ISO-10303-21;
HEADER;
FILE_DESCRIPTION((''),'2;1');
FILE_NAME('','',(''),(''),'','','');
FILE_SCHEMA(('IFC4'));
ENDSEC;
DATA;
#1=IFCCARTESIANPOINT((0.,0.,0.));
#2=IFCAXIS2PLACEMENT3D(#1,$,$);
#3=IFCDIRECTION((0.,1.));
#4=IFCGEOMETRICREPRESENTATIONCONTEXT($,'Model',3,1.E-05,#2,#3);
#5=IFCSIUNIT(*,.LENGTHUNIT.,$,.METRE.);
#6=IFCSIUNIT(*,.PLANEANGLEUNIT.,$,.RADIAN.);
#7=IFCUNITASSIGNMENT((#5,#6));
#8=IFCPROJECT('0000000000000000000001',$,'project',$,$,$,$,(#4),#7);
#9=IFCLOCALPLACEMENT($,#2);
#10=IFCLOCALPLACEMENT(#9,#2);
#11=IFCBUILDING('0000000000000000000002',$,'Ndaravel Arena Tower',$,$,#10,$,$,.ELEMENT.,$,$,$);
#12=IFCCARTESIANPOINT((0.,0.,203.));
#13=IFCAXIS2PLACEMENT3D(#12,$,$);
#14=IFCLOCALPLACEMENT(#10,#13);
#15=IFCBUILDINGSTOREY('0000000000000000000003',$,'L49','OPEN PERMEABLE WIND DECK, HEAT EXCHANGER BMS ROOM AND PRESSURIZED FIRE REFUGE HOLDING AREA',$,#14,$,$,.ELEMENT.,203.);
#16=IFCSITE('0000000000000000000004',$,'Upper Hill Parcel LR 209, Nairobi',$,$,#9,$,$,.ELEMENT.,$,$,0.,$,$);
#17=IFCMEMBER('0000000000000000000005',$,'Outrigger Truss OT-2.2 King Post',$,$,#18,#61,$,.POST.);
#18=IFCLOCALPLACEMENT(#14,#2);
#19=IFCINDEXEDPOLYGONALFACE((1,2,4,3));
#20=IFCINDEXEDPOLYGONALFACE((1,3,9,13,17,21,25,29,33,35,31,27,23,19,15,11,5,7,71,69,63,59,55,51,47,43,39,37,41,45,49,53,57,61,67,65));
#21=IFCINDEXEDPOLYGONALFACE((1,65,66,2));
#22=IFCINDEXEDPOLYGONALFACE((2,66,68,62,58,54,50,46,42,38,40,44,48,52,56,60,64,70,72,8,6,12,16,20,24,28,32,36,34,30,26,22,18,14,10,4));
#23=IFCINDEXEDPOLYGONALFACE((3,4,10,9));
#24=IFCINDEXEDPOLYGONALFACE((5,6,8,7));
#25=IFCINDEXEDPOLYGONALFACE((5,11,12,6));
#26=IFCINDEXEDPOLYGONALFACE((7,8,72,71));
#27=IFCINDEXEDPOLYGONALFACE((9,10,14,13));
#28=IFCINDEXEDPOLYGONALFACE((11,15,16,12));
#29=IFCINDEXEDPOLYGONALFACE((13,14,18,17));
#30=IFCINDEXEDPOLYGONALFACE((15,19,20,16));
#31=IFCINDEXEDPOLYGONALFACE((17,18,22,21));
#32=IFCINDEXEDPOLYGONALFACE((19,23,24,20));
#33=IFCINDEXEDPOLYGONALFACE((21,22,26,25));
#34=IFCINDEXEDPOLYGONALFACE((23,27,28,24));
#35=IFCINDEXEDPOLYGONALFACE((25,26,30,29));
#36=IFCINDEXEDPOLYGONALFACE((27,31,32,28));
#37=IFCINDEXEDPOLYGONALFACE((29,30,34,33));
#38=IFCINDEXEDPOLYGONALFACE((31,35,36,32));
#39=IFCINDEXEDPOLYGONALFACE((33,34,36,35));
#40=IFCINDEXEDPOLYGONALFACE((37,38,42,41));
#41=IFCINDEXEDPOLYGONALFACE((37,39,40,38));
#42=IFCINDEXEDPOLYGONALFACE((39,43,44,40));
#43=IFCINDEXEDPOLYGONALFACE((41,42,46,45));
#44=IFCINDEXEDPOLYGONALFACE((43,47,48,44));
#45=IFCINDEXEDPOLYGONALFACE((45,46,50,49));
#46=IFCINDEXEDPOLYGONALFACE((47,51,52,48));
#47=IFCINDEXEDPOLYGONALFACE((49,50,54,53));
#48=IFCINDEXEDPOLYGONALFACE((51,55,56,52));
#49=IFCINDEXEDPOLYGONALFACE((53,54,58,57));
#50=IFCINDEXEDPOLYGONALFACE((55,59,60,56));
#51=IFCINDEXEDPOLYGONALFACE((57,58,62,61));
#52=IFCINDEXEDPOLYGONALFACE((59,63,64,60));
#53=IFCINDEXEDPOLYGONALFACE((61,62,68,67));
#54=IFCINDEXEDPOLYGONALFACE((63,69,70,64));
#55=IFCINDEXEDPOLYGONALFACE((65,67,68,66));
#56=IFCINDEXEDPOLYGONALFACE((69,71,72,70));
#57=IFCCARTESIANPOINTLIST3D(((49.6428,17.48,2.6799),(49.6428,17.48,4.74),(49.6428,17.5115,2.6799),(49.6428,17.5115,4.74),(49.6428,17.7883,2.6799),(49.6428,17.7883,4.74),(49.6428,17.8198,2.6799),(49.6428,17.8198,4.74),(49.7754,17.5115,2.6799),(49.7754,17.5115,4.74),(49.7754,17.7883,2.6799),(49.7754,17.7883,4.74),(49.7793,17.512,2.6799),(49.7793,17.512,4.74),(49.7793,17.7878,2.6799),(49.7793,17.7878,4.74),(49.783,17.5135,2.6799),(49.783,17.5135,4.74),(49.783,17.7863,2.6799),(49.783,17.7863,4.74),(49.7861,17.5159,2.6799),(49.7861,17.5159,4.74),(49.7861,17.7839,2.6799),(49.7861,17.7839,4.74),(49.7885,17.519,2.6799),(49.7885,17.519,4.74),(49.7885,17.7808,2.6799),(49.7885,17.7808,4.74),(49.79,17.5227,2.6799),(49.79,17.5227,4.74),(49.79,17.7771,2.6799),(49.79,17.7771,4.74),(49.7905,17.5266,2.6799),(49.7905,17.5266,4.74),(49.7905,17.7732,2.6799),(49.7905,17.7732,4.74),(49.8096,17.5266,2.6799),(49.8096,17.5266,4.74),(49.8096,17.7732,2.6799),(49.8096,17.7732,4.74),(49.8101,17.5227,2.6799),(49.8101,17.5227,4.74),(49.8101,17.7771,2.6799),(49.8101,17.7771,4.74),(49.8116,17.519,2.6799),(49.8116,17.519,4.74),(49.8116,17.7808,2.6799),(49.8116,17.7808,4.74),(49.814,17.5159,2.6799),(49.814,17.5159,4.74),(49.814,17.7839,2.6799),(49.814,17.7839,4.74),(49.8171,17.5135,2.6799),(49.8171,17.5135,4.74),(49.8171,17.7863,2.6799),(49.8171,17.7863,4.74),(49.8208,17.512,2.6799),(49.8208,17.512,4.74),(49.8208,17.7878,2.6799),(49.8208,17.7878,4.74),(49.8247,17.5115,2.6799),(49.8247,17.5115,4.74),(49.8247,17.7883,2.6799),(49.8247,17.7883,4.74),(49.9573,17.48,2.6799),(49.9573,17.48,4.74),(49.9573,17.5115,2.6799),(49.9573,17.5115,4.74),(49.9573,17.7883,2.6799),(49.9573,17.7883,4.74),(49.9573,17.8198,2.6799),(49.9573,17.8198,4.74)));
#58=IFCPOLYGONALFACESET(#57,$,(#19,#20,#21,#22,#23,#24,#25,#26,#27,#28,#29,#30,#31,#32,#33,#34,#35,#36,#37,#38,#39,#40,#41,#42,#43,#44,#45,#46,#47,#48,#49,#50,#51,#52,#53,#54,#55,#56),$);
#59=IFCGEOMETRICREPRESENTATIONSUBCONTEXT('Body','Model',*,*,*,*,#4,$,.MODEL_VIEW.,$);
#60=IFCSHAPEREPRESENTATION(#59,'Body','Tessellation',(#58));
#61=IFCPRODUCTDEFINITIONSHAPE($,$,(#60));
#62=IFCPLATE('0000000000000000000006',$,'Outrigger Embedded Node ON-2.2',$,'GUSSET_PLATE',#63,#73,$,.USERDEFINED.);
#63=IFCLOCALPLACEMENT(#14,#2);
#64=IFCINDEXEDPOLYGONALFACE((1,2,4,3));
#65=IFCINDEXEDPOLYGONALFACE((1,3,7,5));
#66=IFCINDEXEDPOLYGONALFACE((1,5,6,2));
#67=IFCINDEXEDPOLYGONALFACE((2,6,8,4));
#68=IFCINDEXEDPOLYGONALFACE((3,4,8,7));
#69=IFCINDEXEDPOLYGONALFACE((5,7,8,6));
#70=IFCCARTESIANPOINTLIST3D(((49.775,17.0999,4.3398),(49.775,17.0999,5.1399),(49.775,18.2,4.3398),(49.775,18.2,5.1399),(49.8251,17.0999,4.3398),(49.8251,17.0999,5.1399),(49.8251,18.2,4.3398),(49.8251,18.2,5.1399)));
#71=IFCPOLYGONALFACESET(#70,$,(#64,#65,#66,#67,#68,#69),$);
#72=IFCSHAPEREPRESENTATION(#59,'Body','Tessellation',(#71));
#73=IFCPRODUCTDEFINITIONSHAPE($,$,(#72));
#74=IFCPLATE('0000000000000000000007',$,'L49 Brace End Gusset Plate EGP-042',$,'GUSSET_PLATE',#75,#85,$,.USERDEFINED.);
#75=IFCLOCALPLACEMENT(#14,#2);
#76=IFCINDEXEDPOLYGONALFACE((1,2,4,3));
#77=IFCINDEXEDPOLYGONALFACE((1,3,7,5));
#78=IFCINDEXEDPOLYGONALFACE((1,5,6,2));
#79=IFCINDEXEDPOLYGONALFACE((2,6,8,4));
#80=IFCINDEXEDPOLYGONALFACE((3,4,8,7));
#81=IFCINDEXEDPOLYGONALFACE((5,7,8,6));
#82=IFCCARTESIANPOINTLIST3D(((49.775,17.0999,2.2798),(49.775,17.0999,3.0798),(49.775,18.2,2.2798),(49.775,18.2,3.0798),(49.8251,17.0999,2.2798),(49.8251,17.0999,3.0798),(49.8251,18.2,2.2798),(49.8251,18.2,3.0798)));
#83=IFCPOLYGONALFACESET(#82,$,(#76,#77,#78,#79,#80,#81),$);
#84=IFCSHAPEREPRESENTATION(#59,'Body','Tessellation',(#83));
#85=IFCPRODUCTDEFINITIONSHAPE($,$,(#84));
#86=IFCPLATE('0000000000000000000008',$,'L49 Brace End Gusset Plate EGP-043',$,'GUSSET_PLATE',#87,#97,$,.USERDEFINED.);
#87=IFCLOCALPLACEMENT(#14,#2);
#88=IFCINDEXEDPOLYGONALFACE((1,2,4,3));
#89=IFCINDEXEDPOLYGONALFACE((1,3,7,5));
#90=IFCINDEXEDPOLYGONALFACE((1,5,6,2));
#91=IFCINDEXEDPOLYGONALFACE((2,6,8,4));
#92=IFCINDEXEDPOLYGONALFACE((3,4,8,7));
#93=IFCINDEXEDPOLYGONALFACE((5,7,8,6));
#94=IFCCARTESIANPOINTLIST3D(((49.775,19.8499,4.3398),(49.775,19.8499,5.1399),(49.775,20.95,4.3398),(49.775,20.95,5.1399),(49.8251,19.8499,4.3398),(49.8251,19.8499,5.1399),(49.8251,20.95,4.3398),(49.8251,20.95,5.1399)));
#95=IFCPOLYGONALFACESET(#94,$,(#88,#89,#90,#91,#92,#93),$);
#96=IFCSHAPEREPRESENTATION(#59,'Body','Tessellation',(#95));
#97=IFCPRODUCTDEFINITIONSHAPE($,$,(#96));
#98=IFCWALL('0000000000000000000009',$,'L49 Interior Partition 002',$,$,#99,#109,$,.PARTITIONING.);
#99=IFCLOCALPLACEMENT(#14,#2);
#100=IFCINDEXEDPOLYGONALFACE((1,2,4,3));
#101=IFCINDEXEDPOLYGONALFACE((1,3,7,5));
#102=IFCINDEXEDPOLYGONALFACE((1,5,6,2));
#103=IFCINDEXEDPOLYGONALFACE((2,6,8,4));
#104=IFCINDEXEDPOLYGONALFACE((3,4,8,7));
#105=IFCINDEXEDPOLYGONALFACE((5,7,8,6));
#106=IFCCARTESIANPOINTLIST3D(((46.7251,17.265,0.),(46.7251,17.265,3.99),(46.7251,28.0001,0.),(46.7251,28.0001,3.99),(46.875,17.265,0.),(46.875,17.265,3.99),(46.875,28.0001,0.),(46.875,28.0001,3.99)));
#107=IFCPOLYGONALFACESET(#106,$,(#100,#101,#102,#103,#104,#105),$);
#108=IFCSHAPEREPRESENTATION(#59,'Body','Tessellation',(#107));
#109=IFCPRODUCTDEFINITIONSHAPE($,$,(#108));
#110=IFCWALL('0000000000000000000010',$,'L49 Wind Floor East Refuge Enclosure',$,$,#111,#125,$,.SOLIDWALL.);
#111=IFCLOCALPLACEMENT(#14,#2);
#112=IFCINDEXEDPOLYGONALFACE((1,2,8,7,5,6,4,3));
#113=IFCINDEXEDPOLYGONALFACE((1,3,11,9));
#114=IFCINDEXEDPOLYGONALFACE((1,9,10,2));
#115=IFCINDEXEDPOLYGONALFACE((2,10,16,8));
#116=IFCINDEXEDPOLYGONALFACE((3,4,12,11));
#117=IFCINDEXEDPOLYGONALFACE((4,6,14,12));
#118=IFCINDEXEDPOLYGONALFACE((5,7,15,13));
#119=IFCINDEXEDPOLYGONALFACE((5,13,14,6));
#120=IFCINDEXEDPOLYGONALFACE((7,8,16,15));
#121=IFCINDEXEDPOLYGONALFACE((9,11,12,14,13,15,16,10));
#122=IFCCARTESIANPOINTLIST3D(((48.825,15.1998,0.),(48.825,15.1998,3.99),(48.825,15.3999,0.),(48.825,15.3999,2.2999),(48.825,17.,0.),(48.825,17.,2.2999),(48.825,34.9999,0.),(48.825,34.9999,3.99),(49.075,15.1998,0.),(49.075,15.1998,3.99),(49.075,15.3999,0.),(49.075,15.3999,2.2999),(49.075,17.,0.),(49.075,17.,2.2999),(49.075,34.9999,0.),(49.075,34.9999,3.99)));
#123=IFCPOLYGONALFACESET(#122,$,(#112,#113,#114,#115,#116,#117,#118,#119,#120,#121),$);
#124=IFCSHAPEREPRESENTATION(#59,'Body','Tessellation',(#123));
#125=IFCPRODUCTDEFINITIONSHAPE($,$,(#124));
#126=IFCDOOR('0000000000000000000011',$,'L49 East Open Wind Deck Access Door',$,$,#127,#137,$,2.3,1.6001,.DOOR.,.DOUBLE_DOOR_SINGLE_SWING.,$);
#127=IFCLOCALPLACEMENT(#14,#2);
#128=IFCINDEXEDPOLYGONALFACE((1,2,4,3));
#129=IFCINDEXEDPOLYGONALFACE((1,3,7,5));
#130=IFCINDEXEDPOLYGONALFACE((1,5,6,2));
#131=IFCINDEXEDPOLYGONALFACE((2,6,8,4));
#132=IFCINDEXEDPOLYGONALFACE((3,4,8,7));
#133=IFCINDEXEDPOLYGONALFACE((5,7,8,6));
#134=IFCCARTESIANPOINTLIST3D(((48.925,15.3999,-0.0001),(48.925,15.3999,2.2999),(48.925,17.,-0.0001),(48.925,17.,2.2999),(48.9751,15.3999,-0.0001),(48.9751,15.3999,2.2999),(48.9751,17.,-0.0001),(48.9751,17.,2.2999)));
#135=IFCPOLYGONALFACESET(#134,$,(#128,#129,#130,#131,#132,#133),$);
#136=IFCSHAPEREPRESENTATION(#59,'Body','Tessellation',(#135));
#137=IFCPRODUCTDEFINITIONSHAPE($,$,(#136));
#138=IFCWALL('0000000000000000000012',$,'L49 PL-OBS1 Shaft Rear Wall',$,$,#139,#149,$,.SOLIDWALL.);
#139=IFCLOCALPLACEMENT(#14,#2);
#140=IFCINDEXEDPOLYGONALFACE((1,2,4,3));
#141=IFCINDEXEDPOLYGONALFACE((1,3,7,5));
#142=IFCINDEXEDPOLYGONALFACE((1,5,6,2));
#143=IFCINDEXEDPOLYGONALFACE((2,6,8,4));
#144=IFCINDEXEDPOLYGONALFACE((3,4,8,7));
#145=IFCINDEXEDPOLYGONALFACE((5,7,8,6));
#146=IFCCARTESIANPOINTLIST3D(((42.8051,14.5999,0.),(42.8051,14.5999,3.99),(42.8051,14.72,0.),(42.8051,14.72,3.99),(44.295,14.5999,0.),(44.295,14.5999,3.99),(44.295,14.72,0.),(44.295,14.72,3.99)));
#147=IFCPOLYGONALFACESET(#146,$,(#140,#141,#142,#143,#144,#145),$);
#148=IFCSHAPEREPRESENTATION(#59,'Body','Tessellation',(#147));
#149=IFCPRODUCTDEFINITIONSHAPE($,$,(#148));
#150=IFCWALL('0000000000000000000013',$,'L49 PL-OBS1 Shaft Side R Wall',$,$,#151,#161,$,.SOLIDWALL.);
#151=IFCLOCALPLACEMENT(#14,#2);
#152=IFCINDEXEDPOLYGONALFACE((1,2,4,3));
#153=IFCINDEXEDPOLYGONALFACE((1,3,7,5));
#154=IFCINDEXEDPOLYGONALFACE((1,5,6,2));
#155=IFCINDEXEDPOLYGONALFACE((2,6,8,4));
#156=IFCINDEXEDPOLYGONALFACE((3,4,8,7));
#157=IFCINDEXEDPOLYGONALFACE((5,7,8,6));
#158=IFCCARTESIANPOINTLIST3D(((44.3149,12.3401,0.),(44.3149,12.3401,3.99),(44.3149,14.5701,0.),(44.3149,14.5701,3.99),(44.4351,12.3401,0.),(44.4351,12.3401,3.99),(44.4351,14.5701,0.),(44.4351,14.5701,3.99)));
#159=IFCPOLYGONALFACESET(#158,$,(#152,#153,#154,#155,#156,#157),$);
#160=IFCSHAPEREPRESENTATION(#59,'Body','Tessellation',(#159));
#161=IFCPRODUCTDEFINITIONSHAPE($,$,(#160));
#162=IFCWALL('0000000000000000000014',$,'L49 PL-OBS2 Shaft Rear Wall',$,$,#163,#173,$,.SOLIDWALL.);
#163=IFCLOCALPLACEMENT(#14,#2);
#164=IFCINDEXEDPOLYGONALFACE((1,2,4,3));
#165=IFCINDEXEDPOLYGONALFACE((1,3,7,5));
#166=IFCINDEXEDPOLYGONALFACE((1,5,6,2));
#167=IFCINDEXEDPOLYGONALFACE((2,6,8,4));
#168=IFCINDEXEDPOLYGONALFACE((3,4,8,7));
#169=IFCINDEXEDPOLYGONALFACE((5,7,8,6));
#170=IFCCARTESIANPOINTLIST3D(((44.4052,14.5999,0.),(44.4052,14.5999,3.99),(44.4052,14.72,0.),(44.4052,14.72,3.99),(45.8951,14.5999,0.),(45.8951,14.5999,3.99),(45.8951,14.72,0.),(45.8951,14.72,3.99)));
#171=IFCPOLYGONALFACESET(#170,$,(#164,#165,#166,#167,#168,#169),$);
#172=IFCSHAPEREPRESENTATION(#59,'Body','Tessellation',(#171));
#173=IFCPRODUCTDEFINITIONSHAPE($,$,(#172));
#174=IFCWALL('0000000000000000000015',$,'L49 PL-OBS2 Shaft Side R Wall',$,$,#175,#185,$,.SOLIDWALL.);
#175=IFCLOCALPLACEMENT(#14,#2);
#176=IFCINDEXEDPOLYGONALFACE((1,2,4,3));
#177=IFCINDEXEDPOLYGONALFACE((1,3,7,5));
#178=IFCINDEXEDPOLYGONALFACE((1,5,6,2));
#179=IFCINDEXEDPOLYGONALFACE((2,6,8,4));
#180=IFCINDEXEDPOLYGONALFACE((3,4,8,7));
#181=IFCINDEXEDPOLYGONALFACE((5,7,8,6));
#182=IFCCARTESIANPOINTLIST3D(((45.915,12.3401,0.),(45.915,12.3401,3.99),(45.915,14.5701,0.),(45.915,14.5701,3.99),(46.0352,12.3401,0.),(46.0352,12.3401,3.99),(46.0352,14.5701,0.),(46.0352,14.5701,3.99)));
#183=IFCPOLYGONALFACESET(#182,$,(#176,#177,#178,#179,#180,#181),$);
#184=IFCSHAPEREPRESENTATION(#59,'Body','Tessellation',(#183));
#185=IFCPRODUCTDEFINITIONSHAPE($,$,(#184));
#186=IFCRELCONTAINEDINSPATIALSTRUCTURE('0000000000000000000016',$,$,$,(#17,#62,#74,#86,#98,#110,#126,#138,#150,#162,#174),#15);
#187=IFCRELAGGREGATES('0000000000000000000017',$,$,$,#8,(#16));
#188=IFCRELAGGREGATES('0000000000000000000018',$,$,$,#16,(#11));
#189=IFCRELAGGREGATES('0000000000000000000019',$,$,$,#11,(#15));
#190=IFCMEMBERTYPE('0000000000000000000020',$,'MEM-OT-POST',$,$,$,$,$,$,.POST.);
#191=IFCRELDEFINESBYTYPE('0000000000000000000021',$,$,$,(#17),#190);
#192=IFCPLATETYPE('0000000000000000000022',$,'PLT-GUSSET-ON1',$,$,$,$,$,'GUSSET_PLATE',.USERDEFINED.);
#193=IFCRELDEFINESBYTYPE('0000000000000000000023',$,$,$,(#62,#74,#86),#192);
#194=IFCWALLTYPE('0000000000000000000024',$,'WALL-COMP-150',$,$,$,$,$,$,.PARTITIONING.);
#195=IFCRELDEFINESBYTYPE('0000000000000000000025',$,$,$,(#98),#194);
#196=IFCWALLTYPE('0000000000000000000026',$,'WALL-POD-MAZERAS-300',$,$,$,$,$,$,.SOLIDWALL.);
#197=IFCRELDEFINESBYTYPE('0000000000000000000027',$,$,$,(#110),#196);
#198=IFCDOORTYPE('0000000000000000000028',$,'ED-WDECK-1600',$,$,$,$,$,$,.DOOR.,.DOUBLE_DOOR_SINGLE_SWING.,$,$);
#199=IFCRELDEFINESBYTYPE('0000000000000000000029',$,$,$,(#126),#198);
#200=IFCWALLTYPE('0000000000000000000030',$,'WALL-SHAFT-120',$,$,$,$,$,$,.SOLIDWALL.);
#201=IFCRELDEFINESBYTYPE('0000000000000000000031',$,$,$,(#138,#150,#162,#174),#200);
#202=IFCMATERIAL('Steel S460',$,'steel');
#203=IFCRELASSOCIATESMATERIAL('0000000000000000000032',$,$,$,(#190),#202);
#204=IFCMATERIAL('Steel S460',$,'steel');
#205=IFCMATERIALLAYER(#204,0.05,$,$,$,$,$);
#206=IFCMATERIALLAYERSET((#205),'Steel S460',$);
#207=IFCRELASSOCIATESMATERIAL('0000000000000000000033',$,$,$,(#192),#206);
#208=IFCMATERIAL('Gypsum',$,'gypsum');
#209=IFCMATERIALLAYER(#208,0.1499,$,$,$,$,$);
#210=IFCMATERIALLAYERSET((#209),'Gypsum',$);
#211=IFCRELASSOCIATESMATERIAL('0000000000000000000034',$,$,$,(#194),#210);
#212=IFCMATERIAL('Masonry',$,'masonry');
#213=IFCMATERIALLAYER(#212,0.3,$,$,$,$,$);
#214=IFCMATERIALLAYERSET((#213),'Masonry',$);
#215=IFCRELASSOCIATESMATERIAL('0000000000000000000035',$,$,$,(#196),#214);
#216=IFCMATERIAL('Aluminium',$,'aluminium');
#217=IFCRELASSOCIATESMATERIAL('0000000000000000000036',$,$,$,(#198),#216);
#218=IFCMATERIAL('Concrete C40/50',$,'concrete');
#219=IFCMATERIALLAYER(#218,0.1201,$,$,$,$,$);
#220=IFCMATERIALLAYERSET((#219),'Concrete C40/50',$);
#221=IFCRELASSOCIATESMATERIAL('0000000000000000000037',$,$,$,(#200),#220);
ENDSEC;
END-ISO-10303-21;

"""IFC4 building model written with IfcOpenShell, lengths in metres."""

from ifc_helpers import new_model, si_unit, direction, frame, frame_2d, origin, origin_2d, place, context, subcontext, project, spatial, rectangle, i_section, extrude, material, layer, layer_set, material_profile, profile_set, type_object, element, fill, save


model = new_model("IFC4")

# Units and contexts
model_context = context("Model", 3, precision=1e-05, world=origin(), true_north=direction((0.0, 1.0)))
body_context = subcontext(model_context, "Body", "Model", "MODEL_VIEW")
ifc_project = project(units=[si_unit("LENGTHUNIT", "METRE"), si_unit("PLANEANGLEUNIT", "RADIAN")], contexts=[model_context])

# Site, building, storey
site_placement = place(None, origin())
site = spatial("IfcSite", under=ifc_project, at=site_placement, Name="Upper Hill Parcel LR 209, Nairobi", CompositionType="ELEMENT", RefElevation=0.0)
building_placement = place(site_placement, origin())
building = spatial("IfcBuilding", under=site, at=building_placement, Name="Ndaravel Arena Tower", CompositionType="ELEMENT")
storey_placement = place(building_placement, frame((0.0, 0.0, 203.0)))
storey = spatial("IfcBuildingStorey", under=building, at=storey_placement, Name="L49", Description="OPEN PERMEABLE WIND DECK, HEAT EXCHANGER BMS ROOM AND PRESSURIZED FIRE REFUGE HOLDING AREA", CompositionType="ELEMENT", Elevation=203.0)

# Member
ifc_material_1 = material(Name="Steel S460", Category="steel")
ifc_material_profile_1 = material_profile(ifc_material_1, i_section(OverallWidth=0.3145, OverallDepth=0.3398, WebThickness=0.019, FlangeThickness=0.0315, FilletRadius=0.0151, at=origin_2d()), Name="UC 305x305x198")
ifc_profile_set_1 = profile_set([ifc_material_profile_1], Name="Steel S460")
member_type_1 = type_object("IfcMemberType", Name="MEM-OT-POST", PredefinedType="POST", material=ifc_profile_set_1)
member_1_placement = place(storey_placement, frame((49.8, 17.6499, 2.6799), z_axis=(0.0, 0.0, 1.0), x_axis=(1.0, 0.0, 0.0)))
element("IfcMember", 1, at=member_1_placement, inside=storey, type_object=member_type_1, Name="Outrigger Truss OT-2.2 King Post", PredefinedType="POST", context=body_context, shape_type="SweptSolid", body=[
    extrude(i_section(OverallWidth=0.3145, OverallDepth=0.3398, WebThickness=0.019, FlangeThickness=0.0315, FilletRadius=0.0151, at=origin_2d()), origin(), (0.0, 0.0, 1.0), 2.0601),
])

# Plates
ifc_material_2 = material(Name="Steel S460", Category="steel")
ifc_layer_1 = layer(ifc_material_2, 0.05)
ifc_layer_set_1 = layer_set([ifc_layer_1], Name="Steel S460")
plate_type = type_object("IfcPlateType", Name="PLT-GUSSET-ON1", ElementType="GUSSET_PLATE", PredefinedType="USERDEFINED", material=ifc_layer_set_1)
for number, where, z_axis, x_axis, name in (
    (2, (49.8, 17.6499, 4.3398), (0.0, 0.0, 1.0), (1.0, 0.0, 0.0), "Outrigger Embedded Node ON-2.2"),
    (3, (49.8, 17.6499, 2.2798), (0.0, 0.0, 1.0), (1.0, 0.0, 0.0), "L49 Brace End Gusset Plate EGP-042"),
    (4, (49.8, 20.3999, 4.3398), (0.0, 0.0, 1.0), (1.0, 0.0, 0.0), "L49 Brace End Gusset Plate EGP-043"),
):
    element("IfcPlate", number, at=place(storey_placement, frame(where, z_axis=z_axis, x_axis=x_axis)), inside=storey, type_object=plate_type, Name=name, ObjectType="GUSSET_PLATE", PredefinedType="USERDEFINED", context=body_context, shape_type="SweptSolid", body=[
        extrude(rectangle(XDim=0.05, YDim=1.1001, at=origin_2d()), origin(), (0.0, 0.0, 1.0), 0.8),
    ])

# Wall
ifc_material_3 = material(Name="Gypsum", Category="gypsum")
ifc_layer_2 = layer(ifc_material_3, 0.1499)
ifc_layer_set_2 = layer_set([ifc_layer_2], Name="Gypsum")
wall_type_1 = type_object("IfcWallType", Name="WALL-COMP-150", PredefinedType="PARTITIONING", material=ifc_layer_set_2)
wall_1_placement = place(storey_placement, frame((46.8, 17.2649, 0.0), z_axis=(0.0, 0.0, 1.0), x_axis=(0.0, 1.0, 0.0)))
element("IfcWall", 5, at=wall_1_placement, inside=storey, type_object=wall_type_1, Name="L49 Interior Partition 002", PredefinedType="PARTITIONING", context=body_context, shape_type="SweptSolid", body=[
    extrude(rectangle(XDim=10.7351, YDim=0.1499, at=frame_2d((5.3677, 0.0))), origin(), (0.0, 0.0, 1.0), 3.99),
])

# Wall, opening, door
ifc_material_4 = material(Name="Masonry", Category="masonry")
ifc_layer_3 = layer(ifc_material_4, 0.3)
ifc_layer_set_3 = layer_set([ifc_layer_3], Name="Masonry")
wall_type_2 = type_object("IfcWallType", Name="WALL-POD-MAZERAS-300", PredefinedType="SOLIDWALL", material=ifc_layer_set_3)
wall_2_placement = place(storey_placement, frame((48.95, 15.2, 0.0), z_axis=(0.0, 0.0, 1.0), x_axis=(0.0, 1.0, 0.0)))
wall_2 = element("IfcWall", 6, at=wall_2_placement, inside=storey, type_object=wall_type_2, Name="L49 Wind Floor East Refuge Enclosure", PredefinedType="SOLIDWALL", context=body_context, shape_type="SweptSolid", body=[
    extrude(rectangle(XDim=19.8, YDim=0.25, at=frame_2d((9.8999, 0.0))), origin(), (0.0, 0.0, 1.0), 3.99),
])
opening_placement = place(wall_2_placement, frame((0.2, 0.0, 0.0)))
opening = element("IfcOpeningElement", 7, at=opening_placement, cuts=wall_2, PredefinedType="OPENING", context=body_context, shape_type="SweptSolid", body=[
    extrude(rectangle(XDim=1.6001, YDim=2.3, at=frame_2d((0.8, 1.1499))), frame((0.0, 0.125, 0.0), z_axis=(0.0, -1.0, 0.0), x_axis=(1.0, 0.0, 0.0)), (0.0, 0.0, 1.0), 0.25),
])
ifc_material_5 = material(Name="Aluminium", Category="aluminium")
door_type = type_object("IfcDoorType", Name="ED-WDECK-1600", OperationType="DOUBLE_DOOR_SINGLE_SWING", PredefinedType="DOOR", material=ifc_material_5)
door_placement = place(opening_placement, origin())
door = element("IfcDoor", 8, at=door_placement, inside=storey, type_object=door_type, Name="L49 East Open Wind Deck Access Door", OperationType="DOUBLE_DOOR_SINGLE_SWING", OverallHeight=2.3, OverallWidth=1.6001, PredefinedType="DOOR", context=body_context, shape_type="SweptSolid", body=[
    extrude(rectangle(XDim=1.6001, YDim=2.3, at=frame_2d((0.8, 1.1499))), frame((0.0, 0.0249, 0.0), z_axis=(0.0, -1.0, 0.0), x_axis=(1.0, 0.0, 0.0)), (0.0, 0.0, 1.0), 0.05),
])
fill(opening, door)

# Walls
ifc_material_6 = material(Name="Concrete C40/50", Category="concrete")
ifc_layer_4 = layer(ifc_material_6, 0.1201)
ifc_layer_set_4 = layer_set([ifc_layer_4], Name="Concrete C40/50")
wall_type_3 = type_object("IfcWallType", Name="WALL-SHAFT-120", PredefinedType="SOLIDWALL", material=ifc_layer_set_4)
wall_3_placement = place(storey_placement, frame((42.8049, 14.6599, 0.0), z_axis=(0.0, 0.0, 1.0), x_axis=(1.0, 0.0, 0.0)))
element("IfcWall", 9, at=wall_3_placement, inside=storey, type_object=wall_type_3, Name="L49 PL-OBS1 Shaft Rear Wall", PredefinedType="SOLIDWALL", context=body_context, shape_type="SweptSolid", body=[
    extrude(rectangle(XDim=1.49, YDim=0.1201, at=frame_2d((0.7451, 0.0))), origin(), (0.0, 0.0, 1.0), 3.99),
])
wall_4_placement = place(storey_placement, frame((44.375, 12.3401, 0.0), z_axis=(0.0, 0.0, 1.0), x_axis=(0.0, 1.0, 0.0)))
element("IfcWall", 10, at=wall_4_placement, inside=storey, type_object=wall_type_3, Name="L49 PL-OBS1 Shaft Side R Wall", PredefinedType="SOLIDWALL", context=body_context, shape_type="SweptSolid", body=[
    extrude(rectangle(XDim=2.23, YDim=0.1201, at=frame_2d((1.115, 0.0))), origin(), (0.0, 0.0, 1.0), 3.99),
])
wall_5_placement = place(storey_placement, frame((44.405, 14.6599, 0.0), z_axis=(0.0, 0.0, 1.0), x_axis=(1.0, 0.0, 0.0)))
element("IfcWall", 11, at=wall_5_placement, inside=storey, type_object=wall_type_3, Name="L49 PL-OBS2 Shaft Rear Wall", PredefinedType="SOLIDWALL", context=body_context, shape_type="SweptSolid", body=[
    extrude(rectangle(XDim=1.49, YDim=0.1201, at=frame_2d((0.7451, 0.0))), origin(), (0.0, 0.0, 1.0), 3.99),
])
wall_6_placement = place(storey_placement, frame((45.9751, 12.3401, 0.0), z_axis=(0.0, 0.0, 1.0), x_axis=(0.0, 1.0, 0.0)))
element("IfcWall", 12, at=wall_6_placement, inside=storey, type_object=wall_type_3, Name="L49 PL-OBS2 Shaft Side R Wall", PredefinedType="SOLIDWALL", context=body_context, shape_type="SweptSolid", body=[
    extrude(rectangle(XDim=2.23, YDim=0.1201, at=frame_2d((1.115, 0.0))), origin(), (0.0, 0.0, 1.0), 3.99),
])

save(model, "model.ifc")
